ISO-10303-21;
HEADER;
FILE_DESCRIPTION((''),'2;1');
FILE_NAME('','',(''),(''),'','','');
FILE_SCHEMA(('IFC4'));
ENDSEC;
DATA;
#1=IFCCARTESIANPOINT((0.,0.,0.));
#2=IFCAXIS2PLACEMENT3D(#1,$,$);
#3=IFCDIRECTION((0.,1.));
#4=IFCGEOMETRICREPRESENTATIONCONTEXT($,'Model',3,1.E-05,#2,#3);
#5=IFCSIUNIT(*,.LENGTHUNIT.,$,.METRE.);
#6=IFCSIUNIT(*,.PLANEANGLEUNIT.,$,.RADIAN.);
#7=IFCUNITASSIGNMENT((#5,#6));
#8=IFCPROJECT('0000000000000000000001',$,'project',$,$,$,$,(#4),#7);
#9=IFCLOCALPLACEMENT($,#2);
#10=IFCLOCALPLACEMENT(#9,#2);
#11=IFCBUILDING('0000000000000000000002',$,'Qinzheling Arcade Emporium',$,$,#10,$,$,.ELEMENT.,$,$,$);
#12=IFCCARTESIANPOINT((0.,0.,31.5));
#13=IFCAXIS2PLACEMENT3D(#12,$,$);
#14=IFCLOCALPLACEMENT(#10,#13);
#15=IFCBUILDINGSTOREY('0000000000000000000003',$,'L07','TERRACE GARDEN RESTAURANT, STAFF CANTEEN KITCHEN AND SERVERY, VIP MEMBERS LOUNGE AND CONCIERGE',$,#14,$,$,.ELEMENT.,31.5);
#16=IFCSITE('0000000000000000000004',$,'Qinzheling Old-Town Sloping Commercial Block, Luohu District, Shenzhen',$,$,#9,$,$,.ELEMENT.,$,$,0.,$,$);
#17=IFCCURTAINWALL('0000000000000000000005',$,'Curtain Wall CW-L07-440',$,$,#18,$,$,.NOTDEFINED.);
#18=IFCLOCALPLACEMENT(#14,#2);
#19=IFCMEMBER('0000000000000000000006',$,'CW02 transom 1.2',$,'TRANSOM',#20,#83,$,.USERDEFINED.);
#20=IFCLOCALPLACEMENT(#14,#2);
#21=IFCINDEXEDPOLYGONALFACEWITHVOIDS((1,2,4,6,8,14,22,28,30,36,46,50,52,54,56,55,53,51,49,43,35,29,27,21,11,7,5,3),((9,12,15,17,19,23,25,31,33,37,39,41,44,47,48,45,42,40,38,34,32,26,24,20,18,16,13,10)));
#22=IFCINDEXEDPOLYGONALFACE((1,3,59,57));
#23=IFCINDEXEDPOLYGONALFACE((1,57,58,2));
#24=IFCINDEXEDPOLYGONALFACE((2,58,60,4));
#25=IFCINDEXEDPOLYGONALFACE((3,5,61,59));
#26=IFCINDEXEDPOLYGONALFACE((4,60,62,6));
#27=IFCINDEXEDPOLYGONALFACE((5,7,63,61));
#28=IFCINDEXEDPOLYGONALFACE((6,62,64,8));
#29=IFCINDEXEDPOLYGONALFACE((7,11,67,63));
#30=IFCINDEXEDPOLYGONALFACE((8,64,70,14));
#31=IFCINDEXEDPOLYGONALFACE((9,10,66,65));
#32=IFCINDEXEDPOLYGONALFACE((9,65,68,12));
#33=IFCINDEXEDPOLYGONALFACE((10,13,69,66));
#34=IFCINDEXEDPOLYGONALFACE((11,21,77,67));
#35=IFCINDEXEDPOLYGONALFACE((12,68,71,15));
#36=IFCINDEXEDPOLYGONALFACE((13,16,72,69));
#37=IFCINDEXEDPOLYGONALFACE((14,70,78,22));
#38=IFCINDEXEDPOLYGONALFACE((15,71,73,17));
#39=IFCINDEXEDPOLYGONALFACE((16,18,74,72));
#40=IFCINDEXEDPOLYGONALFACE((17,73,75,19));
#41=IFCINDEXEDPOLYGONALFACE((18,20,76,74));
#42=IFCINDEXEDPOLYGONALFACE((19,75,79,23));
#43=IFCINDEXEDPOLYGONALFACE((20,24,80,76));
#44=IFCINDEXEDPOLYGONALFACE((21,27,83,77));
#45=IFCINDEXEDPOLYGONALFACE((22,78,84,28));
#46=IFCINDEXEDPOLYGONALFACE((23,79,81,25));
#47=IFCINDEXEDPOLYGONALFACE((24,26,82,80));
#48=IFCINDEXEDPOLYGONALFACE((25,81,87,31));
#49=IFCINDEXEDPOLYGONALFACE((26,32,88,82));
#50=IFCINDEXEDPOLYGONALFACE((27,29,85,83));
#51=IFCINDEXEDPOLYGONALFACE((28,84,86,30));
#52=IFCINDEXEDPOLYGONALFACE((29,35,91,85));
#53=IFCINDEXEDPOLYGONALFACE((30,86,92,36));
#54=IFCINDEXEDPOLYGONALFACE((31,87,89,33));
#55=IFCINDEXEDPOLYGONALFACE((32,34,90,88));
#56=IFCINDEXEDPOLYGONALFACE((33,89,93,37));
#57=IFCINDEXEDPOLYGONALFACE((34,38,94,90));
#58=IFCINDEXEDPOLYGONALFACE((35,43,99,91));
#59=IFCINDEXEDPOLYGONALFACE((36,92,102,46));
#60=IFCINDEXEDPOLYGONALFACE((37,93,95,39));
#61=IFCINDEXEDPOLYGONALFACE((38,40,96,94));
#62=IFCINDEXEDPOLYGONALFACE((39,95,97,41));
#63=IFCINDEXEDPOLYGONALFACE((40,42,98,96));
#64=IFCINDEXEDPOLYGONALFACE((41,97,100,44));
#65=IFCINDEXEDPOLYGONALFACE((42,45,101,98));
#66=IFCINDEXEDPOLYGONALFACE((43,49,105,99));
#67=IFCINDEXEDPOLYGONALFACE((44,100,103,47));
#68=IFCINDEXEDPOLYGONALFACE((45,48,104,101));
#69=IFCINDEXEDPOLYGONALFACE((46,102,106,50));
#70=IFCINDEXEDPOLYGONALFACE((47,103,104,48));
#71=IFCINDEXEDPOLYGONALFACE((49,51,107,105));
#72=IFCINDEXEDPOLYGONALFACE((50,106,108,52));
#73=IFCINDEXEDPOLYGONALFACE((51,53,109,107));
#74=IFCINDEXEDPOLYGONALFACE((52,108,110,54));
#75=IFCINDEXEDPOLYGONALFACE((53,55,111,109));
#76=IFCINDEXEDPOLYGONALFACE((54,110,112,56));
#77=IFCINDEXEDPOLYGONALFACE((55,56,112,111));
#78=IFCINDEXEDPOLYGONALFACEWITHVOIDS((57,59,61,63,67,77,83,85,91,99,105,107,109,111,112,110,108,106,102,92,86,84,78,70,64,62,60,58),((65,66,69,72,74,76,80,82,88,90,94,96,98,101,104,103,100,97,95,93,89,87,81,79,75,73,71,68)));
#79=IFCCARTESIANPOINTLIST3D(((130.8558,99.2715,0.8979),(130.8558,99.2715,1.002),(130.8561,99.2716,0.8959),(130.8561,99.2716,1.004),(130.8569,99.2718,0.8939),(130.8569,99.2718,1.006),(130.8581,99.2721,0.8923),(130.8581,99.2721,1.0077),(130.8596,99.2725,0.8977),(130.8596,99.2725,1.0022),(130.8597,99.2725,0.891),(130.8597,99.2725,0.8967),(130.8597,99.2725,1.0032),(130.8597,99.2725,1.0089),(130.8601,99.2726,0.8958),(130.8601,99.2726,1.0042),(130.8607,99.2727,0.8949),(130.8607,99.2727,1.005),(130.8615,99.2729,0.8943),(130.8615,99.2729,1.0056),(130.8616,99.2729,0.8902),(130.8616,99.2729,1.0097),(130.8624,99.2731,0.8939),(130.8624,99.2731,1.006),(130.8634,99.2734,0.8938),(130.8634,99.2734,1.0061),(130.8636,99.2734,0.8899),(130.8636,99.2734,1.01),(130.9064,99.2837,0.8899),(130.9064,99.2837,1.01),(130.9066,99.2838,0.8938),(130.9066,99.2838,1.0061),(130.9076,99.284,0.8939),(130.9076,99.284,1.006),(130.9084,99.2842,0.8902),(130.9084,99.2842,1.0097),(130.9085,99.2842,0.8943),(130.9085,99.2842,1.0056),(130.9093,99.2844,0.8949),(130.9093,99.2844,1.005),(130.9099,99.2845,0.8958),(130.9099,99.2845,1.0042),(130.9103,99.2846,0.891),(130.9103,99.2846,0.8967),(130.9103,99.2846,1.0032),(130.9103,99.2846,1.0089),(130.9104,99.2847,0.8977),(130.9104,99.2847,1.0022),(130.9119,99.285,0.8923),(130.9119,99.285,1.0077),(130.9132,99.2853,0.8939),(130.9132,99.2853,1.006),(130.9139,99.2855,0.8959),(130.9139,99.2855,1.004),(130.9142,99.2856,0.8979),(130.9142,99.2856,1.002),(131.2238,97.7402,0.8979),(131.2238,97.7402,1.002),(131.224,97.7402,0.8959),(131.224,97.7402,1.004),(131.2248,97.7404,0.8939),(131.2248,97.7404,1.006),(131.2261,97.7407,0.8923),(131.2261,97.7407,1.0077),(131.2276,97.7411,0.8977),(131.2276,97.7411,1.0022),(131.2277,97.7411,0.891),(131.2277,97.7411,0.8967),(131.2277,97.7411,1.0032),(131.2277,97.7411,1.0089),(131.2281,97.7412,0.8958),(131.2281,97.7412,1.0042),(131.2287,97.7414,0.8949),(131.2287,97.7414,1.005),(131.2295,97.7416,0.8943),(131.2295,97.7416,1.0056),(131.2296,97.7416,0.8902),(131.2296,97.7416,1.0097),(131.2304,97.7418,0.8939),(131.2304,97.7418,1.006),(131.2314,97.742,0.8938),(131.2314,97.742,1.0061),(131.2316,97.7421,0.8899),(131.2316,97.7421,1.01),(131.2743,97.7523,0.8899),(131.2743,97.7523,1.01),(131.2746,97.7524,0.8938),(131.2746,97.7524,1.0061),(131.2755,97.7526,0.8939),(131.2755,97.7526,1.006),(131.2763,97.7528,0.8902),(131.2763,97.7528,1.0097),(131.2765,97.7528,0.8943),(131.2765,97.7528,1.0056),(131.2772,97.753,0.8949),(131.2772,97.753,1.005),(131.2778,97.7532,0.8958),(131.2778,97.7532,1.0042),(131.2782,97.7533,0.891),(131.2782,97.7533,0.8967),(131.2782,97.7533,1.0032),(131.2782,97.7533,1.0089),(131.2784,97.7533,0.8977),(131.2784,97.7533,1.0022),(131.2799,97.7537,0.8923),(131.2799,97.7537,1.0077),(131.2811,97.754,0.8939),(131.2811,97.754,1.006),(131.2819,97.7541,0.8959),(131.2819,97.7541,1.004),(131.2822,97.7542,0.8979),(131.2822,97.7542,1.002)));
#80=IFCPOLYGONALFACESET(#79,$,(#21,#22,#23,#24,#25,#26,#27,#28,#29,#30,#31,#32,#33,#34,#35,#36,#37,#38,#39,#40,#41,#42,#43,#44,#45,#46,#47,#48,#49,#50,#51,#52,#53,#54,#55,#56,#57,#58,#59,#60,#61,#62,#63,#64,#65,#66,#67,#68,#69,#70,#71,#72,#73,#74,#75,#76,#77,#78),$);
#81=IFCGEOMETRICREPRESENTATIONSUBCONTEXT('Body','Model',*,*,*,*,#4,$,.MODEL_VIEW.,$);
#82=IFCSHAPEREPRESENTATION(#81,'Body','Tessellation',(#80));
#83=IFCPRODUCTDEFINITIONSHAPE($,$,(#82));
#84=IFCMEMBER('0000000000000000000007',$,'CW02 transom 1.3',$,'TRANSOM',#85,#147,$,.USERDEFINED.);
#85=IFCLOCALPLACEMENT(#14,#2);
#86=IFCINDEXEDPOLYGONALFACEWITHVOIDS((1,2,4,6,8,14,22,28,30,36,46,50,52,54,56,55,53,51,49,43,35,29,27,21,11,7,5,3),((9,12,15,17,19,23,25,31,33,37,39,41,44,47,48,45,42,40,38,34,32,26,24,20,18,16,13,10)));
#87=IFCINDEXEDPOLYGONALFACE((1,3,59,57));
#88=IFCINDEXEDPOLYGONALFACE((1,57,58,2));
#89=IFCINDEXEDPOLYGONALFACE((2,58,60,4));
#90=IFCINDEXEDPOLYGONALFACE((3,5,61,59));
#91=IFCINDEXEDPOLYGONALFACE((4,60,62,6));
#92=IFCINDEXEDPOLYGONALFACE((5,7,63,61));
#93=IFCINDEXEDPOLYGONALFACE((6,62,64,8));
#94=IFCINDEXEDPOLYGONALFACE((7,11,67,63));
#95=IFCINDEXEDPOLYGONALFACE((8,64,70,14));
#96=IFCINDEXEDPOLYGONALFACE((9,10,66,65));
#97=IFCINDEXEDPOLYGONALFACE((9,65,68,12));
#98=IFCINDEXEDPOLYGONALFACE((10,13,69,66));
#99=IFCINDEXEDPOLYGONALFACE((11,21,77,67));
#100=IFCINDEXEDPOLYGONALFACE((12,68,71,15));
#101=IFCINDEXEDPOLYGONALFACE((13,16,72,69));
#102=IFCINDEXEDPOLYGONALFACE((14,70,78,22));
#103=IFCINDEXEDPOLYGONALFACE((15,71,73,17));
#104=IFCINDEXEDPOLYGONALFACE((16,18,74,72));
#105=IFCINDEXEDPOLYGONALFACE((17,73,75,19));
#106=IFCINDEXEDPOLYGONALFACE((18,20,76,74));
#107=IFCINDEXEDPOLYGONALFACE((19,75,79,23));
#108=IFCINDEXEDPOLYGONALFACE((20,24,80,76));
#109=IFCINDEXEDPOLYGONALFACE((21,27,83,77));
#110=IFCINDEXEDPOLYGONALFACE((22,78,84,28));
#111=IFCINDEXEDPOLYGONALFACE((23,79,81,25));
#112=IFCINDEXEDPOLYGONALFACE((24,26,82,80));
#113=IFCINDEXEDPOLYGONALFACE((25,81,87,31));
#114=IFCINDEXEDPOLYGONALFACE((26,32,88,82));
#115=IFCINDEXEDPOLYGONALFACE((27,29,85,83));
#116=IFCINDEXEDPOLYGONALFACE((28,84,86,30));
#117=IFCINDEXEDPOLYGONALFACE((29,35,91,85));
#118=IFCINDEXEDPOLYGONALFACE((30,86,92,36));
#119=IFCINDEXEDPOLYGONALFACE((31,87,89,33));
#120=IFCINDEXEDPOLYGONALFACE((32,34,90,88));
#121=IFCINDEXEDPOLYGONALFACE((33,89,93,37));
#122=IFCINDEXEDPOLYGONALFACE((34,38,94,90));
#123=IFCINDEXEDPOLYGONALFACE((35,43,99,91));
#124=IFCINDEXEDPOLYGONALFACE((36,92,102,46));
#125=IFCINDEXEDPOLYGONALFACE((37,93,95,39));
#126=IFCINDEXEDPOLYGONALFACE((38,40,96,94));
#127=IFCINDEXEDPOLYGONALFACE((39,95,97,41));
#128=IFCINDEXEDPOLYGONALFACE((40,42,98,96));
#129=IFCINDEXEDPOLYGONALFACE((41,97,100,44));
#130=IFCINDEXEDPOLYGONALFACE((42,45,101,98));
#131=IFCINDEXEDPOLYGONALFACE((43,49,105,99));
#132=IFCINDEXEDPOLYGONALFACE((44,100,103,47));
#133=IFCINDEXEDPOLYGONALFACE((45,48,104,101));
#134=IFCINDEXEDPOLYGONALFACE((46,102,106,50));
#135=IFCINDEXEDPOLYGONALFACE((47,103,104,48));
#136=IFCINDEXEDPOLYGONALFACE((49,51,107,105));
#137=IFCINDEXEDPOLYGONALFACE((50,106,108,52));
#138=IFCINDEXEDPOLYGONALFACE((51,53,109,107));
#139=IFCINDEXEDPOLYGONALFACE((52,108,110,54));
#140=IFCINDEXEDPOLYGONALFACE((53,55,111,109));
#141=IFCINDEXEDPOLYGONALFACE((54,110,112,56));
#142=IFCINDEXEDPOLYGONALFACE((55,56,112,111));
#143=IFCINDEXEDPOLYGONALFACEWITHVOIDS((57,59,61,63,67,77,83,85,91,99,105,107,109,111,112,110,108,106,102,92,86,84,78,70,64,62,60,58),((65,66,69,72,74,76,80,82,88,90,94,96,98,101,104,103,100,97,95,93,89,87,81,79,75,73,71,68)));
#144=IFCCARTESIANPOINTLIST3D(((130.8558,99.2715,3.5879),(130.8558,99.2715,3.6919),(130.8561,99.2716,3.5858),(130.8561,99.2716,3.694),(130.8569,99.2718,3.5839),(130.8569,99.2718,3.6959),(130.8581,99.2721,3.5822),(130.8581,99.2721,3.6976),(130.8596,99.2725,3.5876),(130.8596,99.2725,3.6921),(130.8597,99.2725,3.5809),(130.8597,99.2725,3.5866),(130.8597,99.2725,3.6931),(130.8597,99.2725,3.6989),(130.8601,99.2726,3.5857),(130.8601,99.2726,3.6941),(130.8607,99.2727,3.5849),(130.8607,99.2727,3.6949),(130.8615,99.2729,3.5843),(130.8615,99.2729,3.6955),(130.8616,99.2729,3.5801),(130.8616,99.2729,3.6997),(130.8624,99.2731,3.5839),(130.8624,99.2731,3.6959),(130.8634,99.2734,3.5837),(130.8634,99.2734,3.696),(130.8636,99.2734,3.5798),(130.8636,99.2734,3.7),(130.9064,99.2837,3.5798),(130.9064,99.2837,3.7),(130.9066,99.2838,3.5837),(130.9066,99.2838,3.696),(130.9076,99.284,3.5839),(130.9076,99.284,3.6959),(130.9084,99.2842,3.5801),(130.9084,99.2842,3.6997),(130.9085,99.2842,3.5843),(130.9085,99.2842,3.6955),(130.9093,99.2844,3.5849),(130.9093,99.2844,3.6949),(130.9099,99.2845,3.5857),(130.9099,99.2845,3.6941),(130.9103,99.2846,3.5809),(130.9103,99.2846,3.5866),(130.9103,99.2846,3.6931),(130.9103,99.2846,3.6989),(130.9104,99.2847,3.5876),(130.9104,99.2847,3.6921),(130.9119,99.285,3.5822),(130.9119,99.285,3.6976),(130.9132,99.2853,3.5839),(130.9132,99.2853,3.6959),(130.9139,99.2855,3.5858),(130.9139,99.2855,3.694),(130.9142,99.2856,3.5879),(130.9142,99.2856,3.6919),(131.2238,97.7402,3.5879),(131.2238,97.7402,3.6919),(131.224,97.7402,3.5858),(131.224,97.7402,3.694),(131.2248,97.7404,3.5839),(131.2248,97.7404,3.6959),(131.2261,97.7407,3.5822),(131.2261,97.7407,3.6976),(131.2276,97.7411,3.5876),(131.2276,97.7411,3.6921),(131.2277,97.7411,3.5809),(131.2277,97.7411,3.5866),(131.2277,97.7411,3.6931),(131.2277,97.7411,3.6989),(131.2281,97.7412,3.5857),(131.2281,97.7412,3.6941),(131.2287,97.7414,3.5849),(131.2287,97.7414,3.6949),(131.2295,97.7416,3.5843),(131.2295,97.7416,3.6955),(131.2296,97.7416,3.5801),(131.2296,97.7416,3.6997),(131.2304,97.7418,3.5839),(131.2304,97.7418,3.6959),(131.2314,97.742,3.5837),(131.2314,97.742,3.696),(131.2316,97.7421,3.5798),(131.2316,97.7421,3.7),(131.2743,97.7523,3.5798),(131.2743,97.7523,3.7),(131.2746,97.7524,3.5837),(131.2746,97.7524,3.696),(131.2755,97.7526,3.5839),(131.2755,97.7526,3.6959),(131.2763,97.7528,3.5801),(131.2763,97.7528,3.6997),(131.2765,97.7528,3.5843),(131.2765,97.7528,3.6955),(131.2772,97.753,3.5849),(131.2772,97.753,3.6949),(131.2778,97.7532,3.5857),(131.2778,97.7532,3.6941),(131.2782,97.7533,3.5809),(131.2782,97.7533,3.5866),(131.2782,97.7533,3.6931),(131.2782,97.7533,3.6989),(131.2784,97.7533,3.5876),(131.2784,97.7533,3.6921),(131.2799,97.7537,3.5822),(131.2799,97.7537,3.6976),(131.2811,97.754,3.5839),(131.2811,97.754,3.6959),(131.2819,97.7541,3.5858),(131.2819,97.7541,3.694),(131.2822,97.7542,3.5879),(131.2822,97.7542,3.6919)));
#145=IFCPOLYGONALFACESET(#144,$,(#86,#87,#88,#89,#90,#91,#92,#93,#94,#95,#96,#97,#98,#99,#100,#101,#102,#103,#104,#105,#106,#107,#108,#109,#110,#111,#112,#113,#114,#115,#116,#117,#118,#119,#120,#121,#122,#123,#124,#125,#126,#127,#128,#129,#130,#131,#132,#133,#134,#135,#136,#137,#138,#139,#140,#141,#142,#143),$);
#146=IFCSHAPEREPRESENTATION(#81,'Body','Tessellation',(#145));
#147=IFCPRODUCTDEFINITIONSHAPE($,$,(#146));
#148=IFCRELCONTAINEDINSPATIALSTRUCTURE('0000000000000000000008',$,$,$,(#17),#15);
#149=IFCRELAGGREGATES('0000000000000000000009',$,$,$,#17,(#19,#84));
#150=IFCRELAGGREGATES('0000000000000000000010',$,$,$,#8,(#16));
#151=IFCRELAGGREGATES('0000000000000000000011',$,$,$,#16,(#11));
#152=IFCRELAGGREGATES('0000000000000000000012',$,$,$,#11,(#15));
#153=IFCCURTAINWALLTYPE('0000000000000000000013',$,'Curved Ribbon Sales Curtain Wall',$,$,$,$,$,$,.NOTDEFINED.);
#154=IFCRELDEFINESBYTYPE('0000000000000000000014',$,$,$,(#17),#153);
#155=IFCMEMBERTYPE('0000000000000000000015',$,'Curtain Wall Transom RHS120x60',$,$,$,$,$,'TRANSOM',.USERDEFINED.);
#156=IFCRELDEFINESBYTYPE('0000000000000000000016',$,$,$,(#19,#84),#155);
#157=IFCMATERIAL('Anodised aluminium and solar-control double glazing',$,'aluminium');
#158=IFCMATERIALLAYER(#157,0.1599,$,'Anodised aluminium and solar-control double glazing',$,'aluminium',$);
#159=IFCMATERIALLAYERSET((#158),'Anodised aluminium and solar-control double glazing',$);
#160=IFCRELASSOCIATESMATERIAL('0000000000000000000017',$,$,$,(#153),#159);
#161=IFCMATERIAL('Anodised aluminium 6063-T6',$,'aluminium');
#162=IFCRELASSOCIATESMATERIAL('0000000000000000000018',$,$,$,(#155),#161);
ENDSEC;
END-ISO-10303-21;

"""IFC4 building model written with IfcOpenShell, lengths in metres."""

from ifc_helpers import new_model, si_unit, direction, frame, origin, origin_2d, place, context, subcontext, project, spatial, hollow_rectangle, extrude, material, layer, layer_set, material_profile, profile_set, type_object, element, aggregate, save


model = new_model("IFC4")

# Units and contexts
model_context = context("Model", 3, precision=1e-05, world=origin(), true_north=direction((0.0, 1.0)))
body_context = subcontext(model_context, "Body", "Model", "MODEL_VIEW")
ifc_project = project(units=[si_unit("LENGTHUNIT", "METRE"), si_unit("PLANEANGLEUNIT", "RADIAN")], contexts=[model_context])

# Site, building, storey
site_placement = place(None, origin())
site = spatial("IfcSite", under=ifc_project, at=site_placement, Name="Qinzheling Old-Town Sloping Commercial Block, Luohu District, Shenzhen", CompositionType="ELEMENT", RefElevation=0.0)
building_placement = place(site_placement, origin())
building = spatial("IfcBuilding", under=site, at=building_placement, Name="Qinzheling Arcade Emporium", CompositionType="ELEMENT")
storey_placement = place(building_placement, frame((0.0, 0.0, 31.5)))
storey = spatial("IfcBuildingStorey", under=building, at=storey_placement, Name="L07", Description="TERRACE GARDEN RESTAURANT, STAFF CANTEEN KITCHEN AND SERVERY, VIP MEMBERS LOUNGE AND CONCIERGE", CompositionType="ELEMENT", Elevation=31.5)

# Shared definitions
ifc_material_1 = material(Name="Anodised aluminium and solar-control double glazing", Category="aluminium")
ifc_layer_1 = layer(ifc_material_1, 0.1599, Name="Anodised aluminium and solar-control double glazing", Category="aluminium")
ifc_layer_set_1 = layer_set([ifc_layer_1], Name="Anodised aluminium and solar-control double glazing")
curtain_wall_type = type_object("IfcCurtainWallType", Name="Curved Ribbon Sales Curtain Wall", PredefinedType="NOTDEFINED", material=ifc_layer_set_1)
ifc_material_2 = material(Name="Anodised aluminium 6063-T6", Category="aluminium")

# Curtain wall
curtain_wall_1_placement = place(storey_placement, origin())
curtain_wall_1 = element("IfcCurtainWall", 1, at=curtain_wall_1_placement, inside=storey, type_object=curtain_wall_type, Name="Curtain Wall CW-L07-440", PredefinedType="NOTDEFINED")

# Members
ifc_material_profile_1 = material_profile(ifc_material_2, hollow_rectangle(XDim=0.0601, YDim=0.1201, WallThickness=0.0039, InnerFilletRadius=0.0039, OuterFilletRadius=0.0081, at=origin_2d()), Name="RHS 120x60x4", Category="aluminium")
ifc_profile_set_1 = profile_set([ifc_material_profile_1], Name="Anodised aluminium 6063-T6")
member_type_1 = type_object("IfcMemberType", Name="Curtain Wall Transom RHS120x60", ElementType="TRANSOM", PredefinedType="USERDEFINED", material=ifc_profile_set_1)
member_1_placement = place(storey_placement, frame((130.885, 99.2786, 0.95), z_axis=(0.233625, -0.972327, 0.0), x_axis=(0.972327, 0.233625, 0.0)))
member_1 = element("IfcMember", 2, at=member_1_placement, type_object=member_type_1, Name="CW02 transom 1.2", ObjectType="TRANSOM", PredefinedType="USERDEFINED", context=body_context, shape_type="SweptSolid", body=[
    extrude(hollow_rectangle(XDim=0.0601, YDim=0.1201, WallThickness=0.0039, InnerFilletRadius=0.0039, OuterFilletRadius=0.0081, at=origin_2d()), origin(), (0.0, 0.0, 1.0), 1.575),
])
member_2_placement = place(storey_placement, frame((130.885, 99.2786, 3.6399), z_axis=(0.233625, -0.972327, 0.0), x_axis=(0.972327, 0.233625, 0.0)))
member_2 = element("IfcMember", 3, at=member_2_placement, type_object=member_type_1, Name="CW02 transom 1.3", ObjectType="TRANSOM", PredefinedType="USERDEFINED", context=body_context, shape_type="SweptSolid", body=[
    extrude(hollow_rectangle(XDim=0.0601, YDim=0.1201, WallThickness=0.0039, InnerFilletRadius=0.0039, OuterFilletRadius=0.0081, at=origin_2d()), origin(), (0.0, 0.0, 1.0), 1.575),
])

aggregate(curtain_wall_1, [member_1, member_2])

save(model, "model.ifc")
